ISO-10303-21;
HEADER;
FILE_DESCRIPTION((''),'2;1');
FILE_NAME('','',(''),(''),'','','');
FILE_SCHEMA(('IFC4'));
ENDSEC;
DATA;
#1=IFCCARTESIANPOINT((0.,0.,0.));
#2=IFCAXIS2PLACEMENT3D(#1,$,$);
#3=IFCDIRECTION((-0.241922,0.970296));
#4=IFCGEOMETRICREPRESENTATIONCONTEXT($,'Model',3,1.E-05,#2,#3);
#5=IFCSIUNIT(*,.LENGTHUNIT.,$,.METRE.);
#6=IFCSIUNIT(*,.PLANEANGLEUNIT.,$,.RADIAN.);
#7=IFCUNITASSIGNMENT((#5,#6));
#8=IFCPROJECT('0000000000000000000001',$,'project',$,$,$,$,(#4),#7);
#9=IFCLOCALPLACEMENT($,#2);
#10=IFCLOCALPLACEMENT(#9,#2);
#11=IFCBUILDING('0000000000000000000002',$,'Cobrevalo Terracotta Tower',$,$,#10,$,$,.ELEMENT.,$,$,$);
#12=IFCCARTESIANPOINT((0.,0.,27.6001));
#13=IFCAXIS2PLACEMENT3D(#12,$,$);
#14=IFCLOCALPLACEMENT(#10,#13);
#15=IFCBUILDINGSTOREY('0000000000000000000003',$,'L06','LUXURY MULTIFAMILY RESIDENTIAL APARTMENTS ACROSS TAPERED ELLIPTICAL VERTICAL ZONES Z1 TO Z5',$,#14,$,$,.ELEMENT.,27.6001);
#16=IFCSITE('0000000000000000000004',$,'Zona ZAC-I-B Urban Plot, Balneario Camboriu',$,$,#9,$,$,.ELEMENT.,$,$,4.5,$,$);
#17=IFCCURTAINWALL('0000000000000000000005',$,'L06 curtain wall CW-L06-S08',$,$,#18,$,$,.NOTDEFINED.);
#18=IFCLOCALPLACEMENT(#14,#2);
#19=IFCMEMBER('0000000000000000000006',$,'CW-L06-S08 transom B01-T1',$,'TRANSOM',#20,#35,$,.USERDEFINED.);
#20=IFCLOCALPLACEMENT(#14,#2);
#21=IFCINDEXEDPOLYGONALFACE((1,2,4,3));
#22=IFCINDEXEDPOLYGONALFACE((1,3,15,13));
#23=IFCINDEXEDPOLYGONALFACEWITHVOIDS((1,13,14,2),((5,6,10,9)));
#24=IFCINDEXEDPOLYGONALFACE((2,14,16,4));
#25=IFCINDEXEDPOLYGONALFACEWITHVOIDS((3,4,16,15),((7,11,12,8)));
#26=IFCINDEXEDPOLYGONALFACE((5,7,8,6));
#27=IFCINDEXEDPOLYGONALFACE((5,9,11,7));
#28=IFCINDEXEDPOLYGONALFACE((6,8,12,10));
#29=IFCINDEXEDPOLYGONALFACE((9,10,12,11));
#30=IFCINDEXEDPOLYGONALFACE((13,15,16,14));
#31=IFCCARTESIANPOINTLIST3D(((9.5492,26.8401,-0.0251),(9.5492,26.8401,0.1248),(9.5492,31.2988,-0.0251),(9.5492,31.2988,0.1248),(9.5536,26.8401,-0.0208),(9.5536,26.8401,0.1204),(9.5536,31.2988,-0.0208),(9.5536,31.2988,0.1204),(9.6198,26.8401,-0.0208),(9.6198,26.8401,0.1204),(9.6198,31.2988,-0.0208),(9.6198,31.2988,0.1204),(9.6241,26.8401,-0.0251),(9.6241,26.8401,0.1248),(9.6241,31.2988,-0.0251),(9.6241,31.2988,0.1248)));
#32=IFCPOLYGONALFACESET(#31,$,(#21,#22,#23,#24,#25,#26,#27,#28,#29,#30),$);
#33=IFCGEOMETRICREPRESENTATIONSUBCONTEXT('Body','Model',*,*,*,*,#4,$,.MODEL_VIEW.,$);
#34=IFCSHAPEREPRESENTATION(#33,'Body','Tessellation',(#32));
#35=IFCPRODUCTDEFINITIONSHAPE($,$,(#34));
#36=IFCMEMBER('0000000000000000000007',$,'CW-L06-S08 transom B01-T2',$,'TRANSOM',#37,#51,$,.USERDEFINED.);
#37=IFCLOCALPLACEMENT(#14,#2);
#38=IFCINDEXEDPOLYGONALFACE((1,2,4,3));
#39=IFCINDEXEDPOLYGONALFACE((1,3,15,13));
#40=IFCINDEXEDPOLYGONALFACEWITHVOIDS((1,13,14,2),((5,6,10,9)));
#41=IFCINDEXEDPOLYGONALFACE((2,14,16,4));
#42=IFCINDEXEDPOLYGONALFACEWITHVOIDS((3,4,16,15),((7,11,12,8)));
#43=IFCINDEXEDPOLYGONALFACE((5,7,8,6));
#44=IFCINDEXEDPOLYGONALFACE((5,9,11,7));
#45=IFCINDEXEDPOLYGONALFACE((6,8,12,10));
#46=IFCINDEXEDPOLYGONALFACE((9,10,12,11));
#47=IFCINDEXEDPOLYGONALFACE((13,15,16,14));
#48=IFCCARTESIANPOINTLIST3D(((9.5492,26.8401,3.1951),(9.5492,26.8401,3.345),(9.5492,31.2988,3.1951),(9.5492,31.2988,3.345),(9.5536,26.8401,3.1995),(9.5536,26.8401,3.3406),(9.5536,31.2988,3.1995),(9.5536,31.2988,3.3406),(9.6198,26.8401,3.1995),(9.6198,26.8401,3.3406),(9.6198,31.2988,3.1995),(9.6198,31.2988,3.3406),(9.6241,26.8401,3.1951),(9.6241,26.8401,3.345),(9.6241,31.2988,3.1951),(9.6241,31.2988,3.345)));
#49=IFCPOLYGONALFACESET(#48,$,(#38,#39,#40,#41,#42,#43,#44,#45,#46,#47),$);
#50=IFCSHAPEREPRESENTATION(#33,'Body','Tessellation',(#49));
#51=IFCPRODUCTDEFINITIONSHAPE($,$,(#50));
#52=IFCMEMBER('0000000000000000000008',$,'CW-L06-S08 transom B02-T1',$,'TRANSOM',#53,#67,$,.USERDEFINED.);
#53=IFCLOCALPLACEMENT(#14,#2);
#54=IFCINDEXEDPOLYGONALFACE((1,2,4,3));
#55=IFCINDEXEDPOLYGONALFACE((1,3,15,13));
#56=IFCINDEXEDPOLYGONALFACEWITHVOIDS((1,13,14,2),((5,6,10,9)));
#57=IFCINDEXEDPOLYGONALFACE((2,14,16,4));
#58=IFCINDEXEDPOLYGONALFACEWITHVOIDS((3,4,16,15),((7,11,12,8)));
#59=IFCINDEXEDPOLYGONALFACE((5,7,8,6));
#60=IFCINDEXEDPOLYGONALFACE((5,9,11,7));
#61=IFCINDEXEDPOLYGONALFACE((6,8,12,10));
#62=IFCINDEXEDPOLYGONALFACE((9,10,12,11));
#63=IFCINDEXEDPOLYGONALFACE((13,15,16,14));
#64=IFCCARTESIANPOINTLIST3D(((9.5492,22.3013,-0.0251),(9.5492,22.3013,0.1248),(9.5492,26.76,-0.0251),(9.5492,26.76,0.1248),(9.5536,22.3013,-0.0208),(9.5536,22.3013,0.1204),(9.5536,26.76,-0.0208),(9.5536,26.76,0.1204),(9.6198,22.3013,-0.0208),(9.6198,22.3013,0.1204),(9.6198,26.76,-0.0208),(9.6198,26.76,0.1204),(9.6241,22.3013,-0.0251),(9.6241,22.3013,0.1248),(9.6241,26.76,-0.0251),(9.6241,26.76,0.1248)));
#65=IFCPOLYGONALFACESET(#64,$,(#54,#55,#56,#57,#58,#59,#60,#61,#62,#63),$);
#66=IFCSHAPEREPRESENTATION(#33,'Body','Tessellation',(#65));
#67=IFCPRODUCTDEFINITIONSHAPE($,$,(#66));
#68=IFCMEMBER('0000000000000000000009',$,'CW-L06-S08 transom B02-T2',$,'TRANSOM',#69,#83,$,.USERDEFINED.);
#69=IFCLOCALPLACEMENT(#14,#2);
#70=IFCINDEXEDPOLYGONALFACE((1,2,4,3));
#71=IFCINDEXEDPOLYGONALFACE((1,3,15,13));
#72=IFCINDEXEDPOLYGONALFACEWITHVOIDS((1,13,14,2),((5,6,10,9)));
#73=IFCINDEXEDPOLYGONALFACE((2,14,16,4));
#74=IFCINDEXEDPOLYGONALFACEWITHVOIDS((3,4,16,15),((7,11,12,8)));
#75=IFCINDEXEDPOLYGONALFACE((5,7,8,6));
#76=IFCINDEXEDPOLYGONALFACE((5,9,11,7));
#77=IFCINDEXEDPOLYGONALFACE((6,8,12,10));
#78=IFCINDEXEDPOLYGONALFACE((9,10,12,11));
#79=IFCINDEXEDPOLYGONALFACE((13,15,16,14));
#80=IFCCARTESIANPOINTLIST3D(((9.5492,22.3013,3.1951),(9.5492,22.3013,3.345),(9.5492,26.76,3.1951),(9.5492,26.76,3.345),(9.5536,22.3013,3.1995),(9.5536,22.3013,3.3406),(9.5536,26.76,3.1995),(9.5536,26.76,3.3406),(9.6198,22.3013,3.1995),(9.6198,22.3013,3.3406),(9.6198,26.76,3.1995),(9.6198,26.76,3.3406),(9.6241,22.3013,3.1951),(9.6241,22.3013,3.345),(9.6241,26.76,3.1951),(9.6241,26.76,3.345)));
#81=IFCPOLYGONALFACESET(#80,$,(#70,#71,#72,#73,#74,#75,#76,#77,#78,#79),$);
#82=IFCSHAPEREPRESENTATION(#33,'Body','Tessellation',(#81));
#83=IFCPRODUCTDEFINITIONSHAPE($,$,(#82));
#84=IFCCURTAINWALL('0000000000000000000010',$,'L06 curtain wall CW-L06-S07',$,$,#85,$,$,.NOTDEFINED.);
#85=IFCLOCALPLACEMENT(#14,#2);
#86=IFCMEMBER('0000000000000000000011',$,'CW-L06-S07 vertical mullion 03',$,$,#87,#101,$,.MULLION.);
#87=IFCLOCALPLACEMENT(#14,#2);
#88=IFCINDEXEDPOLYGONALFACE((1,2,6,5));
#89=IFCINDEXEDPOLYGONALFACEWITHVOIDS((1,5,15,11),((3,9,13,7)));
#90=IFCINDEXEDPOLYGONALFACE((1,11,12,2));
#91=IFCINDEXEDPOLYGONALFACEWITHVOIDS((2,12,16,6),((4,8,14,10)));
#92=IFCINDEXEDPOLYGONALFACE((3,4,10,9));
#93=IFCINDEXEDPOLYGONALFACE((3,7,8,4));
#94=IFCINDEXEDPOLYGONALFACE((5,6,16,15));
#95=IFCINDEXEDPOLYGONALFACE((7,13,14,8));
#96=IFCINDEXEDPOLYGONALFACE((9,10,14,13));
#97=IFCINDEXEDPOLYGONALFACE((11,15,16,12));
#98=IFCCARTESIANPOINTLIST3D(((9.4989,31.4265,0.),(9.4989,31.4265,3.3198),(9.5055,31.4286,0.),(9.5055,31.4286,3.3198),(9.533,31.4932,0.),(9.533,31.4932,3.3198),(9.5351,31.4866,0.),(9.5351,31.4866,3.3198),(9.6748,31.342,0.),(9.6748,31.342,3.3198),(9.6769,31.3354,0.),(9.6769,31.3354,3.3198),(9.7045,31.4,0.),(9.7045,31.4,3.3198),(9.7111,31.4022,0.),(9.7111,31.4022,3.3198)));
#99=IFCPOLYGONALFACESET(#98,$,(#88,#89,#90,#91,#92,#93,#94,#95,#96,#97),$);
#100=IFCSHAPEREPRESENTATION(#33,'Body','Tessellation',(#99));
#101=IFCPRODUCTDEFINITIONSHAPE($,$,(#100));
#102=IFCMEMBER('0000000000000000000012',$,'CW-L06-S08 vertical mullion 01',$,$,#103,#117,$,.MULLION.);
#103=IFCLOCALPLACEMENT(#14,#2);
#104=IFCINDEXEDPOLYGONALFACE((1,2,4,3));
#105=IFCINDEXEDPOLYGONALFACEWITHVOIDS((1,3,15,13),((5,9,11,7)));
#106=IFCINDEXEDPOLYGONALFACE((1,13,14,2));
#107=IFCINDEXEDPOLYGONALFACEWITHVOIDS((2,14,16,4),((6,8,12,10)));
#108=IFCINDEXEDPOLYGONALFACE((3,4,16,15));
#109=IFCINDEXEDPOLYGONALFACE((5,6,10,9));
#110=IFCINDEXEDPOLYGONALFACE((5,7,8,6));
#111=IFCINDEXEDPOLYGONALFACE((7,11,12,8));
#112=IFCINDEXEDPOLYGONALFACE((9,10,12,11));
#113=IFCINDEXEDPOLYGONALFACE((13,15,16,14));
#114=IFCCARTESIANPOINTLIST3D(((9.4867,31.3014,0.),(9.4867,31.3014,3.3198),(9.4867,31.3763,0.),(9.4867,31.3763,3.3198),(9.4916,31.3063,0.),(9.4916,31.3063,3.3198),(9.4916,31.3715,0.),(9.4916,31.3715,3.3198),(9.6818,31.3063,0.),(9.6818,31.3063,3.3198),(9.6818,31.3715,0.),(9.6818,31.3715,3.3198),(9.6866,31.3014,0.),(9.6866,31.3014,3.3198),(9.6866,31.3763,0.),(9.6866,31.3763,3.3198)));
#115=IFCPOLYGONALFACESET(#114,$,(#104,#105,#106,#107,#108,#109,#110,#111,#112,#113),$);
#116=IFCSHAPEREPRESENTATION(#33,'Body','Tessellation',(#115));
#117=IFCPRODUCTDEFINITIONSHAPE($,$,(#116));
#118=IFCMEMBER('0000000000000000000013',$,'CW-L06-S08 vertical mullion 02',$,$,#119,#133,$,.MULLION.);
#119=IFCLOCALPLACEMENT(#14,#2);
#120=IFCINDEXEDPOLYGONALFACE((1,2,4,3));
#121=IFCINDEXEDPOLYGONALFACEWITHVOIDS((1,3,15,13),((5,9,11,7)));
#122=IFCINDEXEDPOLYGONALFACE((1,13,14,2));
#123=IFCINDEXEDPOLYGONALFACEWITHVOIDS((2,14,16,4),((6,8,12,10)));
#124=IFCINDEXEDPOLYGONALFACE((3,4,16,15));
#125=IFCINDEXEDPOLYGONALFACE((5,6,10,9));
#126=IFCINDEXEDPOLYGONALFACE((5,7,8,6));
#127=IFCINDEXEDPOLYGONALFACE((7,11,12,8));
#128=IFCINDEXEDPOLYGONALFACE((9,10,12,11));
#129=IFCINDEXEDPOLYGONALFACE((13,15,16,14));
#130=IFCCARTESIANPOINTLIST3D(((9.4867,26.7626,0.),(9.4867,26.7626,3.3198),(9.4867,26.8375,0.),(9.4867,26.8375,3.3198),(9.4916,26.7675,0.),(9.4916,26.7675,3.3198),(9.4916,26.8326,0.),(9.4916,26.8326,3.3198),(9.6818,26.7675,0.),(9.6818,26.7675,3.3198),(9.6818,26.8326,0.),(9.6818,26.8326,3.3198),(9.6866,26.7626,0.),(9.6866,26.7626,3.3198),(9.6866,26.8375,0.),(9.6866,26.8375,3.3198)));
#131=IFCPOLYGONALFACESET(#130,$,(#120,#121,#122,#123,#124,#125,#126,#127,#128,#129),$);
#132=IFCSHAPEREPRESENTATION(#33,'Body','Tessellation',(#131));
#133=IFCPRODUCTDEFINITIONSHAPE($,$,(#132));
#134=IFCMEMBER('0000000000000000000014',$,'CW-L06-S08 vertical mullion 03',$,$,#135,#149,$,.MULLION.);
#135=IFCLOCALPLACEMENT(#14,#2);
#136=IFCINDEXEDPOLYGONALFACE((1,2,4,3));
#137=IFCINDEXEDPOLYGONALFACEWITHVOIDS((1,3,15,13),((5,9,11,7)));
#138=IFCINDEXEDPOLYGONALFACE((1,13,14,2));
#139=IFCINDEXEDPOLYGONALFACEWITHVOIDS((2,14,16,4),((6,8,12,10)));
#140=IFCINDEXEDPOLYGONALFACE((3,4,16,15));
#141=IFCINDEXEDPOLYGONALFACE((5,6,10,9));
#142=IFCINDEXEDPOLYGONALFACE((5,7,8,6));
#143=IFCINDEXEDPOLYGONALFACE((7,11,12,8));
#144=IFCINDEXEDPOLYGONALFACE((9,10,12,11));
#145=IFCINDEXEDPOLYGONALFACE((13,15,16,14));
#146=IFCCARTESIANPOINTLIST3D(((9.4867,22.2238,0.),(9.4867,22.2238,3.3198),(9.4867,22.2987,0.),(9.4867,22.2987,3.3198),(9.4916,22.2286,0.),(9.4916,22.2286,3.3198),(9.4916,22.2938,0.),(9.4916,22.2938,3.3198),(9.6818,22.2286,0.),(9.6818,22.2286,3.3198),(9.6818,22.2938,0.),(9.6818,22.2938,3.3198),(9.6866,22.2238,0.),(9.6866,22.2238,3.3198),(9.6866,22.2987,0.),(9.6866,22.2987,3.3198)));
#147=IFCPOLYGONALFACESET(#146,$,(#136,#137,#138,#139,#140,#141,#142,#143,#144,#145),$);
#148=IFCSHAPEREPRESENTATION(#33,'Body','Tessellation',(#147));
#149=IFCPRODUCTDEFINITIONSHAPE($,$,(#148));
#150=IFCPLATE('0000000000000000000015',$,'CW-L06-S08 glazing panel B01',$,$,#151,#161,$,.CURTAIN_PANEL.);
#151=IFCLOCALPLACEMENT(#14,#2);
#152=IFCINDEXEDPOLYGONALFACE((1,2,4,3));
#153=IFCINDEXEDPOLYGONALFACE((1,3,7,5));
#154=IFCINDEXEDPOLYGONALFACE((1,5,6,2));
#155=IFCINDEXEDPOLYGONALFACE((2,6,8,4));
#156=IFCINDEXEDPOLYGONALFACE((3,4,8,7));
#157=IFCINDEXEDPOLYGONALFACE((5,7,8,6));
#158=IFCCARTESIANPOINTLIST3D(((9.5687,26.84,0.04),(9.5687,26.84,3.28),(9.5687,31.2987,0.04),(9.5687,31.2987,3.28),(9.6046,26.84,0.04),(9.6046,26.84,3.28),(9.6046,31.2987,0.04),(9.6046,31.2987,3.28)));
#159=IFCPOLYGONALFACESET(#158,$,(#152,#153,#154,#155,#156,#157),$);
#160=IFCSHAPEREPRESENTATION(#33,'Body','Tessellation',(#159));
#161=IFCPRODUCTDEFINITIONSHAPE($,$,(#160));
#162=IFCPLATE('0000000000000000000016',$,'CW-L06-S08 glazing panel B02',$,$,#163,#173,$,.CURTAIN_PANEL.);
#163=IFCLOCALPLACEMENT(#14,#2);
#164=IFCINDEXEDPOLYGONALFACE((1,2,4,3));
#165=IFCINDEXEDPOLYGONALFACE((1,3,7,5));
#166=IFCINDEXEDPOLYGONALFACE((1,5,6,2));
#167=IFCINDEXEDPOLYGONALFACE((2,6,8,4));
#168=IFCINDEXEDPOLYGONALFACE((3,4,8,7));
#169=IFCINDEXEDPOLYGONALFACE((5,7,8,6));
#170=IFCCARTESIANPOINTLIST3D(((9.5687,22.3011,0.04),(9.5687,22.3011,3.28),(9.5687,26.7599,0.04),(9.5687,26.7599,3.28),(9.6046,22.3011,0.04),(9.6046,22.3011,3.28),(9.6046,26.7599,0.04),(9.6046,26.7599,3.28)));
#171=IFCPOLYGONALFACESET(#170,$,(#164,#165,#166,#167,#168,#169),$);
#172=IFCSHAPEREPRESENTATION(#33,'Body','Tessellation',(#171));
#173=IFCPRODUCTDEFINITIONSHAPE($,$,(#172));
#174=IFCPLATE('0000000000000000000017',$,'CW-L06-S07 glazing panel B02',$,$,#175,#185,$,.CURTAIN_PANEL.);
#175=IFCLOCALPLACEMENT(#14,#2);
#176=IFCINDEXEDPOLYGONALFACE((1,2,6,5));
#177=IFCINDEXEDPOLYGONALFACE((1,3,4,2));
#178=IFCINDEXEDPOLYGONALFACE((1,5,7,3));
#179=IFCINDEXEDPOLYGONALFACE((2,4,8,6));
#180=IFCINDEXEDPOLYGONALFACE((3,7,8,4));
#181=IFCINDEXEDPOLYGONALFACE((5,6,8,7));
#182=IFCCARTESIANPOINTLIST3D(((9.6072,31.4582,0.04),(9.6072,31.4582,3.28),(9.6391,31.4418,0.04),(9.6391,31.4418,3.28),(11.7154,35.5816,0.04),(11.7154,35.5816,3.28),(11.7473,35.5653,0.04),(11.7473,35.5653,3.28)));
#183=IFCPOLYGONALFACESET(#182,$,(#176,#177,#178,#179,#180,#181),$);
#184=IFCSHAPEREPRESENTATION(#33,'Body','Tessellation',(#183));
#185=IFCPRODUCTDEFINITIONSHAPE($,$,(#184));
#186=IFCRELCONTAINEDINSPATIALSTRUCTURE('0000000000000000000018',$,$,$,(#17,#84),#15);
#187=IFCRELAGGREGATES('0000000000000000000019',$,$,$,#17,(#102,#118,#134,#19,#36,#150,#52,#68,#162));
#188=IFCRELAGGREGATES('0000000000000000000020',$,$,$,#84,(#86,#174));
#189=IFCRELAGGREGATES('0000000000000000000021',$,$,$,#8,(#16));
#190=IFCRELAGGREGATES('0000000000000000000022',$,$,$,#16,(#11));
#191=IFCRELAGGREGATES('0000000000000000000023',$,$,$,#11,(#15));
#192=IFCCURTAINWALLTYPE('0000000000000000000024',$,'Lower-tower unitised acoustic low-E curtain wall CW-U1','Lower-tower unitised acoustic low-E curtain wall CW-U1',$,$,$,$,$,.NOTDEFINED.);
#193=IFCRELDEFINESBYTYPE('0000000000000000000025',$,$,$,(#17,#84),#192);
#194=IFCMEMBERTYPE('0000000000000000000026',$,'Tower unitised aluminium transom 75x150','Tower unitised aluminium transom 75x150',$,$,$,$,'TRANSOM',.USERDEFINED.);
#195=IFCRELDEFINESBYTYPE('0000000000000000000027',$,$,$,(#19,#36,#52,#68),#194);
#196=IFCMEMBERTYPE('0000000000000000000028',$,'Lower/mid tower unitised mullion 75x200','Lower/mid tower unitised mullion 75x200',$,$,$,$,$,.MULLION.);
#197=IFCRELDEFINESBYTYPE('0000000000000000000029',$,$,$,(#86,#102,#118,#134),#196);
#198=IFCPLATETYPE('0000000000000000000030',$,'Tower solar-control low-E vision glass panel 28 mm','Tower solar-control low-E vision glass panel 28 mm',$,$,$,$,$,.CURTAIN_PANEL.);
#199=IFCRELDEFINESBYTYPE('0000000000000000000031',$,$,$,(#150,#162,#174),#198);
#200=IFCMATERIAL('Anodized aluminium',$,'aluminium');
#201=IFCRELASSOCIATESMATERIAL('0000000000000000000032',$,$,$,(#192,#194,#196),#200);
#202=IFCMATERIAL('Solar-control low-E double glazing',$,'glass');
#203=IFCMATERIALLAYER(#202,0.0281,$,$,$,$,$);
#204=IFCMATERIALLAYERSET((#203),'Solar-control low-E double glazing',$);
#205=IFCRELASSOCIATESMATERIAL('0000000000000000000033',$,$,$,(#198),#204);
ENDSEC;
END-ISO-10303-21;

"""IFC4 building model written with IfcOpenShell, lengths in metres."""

from ifc_helpers import new_model, si_unit, direction, frame, origin, origin_2d, place, context, subcontext, project, spatial, rectangle, hollow_rectangle, extrude, source, transform, mapped, material, layer, layer_set, material_profile, profile_set, type_object, element, aggregate, save


model = new_model("IFC4")

# Units and contexts
model_context = context("Model", 3, precision=1e-05, world=origin(), true_north=direction((-0.241922, 0.970296)))
body_context = subcontext(model_context, "Body", "Model", "MODEL_VIEW")
ifc_project = project(units=[si_unit("LENGTHUNIT", "METRE"), si_unit("PLANEANGLEUNIT", "RADIAN")], contexts=[model_context])

# Site, building, storey
site_placement = place(None, origin())
site = spatial("IfcSite", under=ifc_project, at=site_placement, Name="Zona ZAC-I-B Urban Plot, Balneario Camboriu", CompositionType="ELEMENT", RefElevation=4.5)
building_placement = place(site_placement, origin())
building = spatial("IfcBuilding", under=site, at=building_placement, Name="Cobrevalo Terracotta Tower", CompositionType="ELEMENT")
storey_placement = place(building_placement, frame((0.0, 0.0, 27.6001)))
storey = spatial("IfcBuildingStorey", under=building, at=storey_placement, Name="L06", Description="LUXURY MULTIFAMILY RESIDENTIAL APARTMENTS ACROSS TAPERED ELLIPTICAL VERTICAL ZONES Z1 TO Z5", CompositionType="ELEMENT", Elevation=27.6001)

# Curtain wall, members
ifc_material_1 = material(Name="Anodized aluminium", Category="aluminium")
curtain_wall_type = type_object("IfcCurtainWallType", Name="Lower-tower unitised acoustic low-E curtain wall CW-U1", Description="Lower-tower unitised acoustic low-E curtain wall CW-U1", PredefinedType="NOTDEFINED", material=ifc_material_1)
curtain_wall_1_placement = place(storey_placement, origin())
curtain_wall_1 = element("IfcCurtainWall", 1, at=curtain_wall_1_placement, inside=storey, type_object=curtain_wall_type, Name="L06 curtain wall CW-L06-S08", PredefinedType="NOTDEFINED")
ifc_material_profile_1 = material_profile(ifc_material_1, hollow_rectangle(XDim=0.075, YDim=0.1499, WallThickness=0.0044, at=origin_2d()), Name="CWT 75x150")
ifc_profile_set_1 = profile_set([ifc_material_profile_1], Name="Anodized aluminium")
member_type_1 = type_object("IfcMemberType", Name="Tower unitised aluminium transom 75x150", Description="Tower unitised aluminium transom 75x150", ElementType="TRANSOM", PredefinedType="USERDEFINED", material=ifc_profile_set_1)
shared_shape_1 = source(origin(), body_context, "Body", "SweptSolid", [
    extrude(hollow_rectangle(XDim=0.075, YDim=0.1499, WallThickness=0.0044, at=origin_2d()), origin(), (0.0, 0.0, 1.0), 4.4587),
])
member_1_placement = place(storey_placement, frame((9.5867, 31.2988, 0.0498), z_axis=(0.0, -1.0, 0.0), x_axis=(1.0, 0.0, 0.0)))
member_1 = element("IfcMember", 2, at=member_1_placement, type_object=member_type_1, Name="CW-L06-S08 transom B01-T1", ObjectType="TRANSOM", PredefinedType="USERDEFINED", context=body_context, shape_type="MappedRepresentation", body=[
    mapped(shared_shape_1, transform((0.0, 0.0, 0.0), scale=1.0)),
])
member_2_placement = place(storey_placement, frame((9.5867, 31.2988, 3.27), z_axis=(0.0, -1.0, 0.0), x_axis=(1.0, 0.0, 0.0)))
member_2 = element("IfcMember", 3, at=member_2_placement, type_object=member_type_1, Name="CW-L06-S08 transom B01-T2", ObjectType="TRANSOM", PredefinedType="USERDEFINED", context=body_context, shape_type="MappedRepresentation", body=[
    mapped(shared_shape_1, transform((0.0, 0.0, 0.0), scale=1.0)),
])
member_3_placement = place(storey_placement, frame((9.5867, 26.76, 0.0498), z_axis=(0.0, -1.0, 0.0), x_axis=(1.0, 0.0, 0.0)))
member_3 = element("IfcMember", 4, at=member_3_placement, type_object=member_type_1, Name="CW-L06-S08 transom B02-T1", ObjectType="TRANSOM", PredefinedType="USERDEFINED", context=body_context, shape_type="MappedRepresentation", body=[
    mapped(shared_shape_1, transform((0.0, 0.0, 0.0), scale=1.0)),
])
member_4_placement = place(storey_placement, frame((9.5867, 26.76, 3.27), z_axis=(0.0, -1.0, 0.0), x_axis=(1.0, 0.0, 0.0)))
member_4 = element("IfcMember", 5, at=member_4_placement, type_object=member_type_1, Name="CW-L06-S08 transom B02-T2", ObjectType="TRANSOM", PredefinedType="USERDEFINED", context=body_context, shape_type="MappedRepresentation", body=[
    mapped(shared_shape_1, transform((0.0, 0.0, 0.0), scale=1.0)),
])

# Curtain wall, member
curtain_wall_2_placement = place(storey_placement, origin())
curtain_wall_2 = element("IfcCurtainWall", 6, at=curtain_wall_2_placement, inside=storey, type_object=curtain_wall_type, Name="L06 curtain wall CW-L06-S07", PredefinedType="NOTDEFINED")
ifc_material_profile_2 = material_profile(ifc_material_1, hollow_rectangle(XDim=0.075, YDim=0.2, WallThickness=0.0049, at=origin_2d()), Name="CWM 75x200")
ifc_profile_set_2 = profile_set([ifc_material_profile_2], Name="Anodized aluminium")
member_type_2 = type_object("IfcMemberType", Name="Lower/mid tower unitised mullion 75x200", Description="Lower/mid tower unitised mullion 75x200", PredefinedType="MULLION", material=ifc_profile_set_2)
shared_shape_2 = source(origin(), body_context, "Body", "SweptSolid", [
    extrude(hollow_rectangle(XDim=0.075, YDim=0.2, WallThickness=0.0049, at=origin_2d()), origin(), (0.0, 0.0, 1.0), 3.3198),
])
member_5_placement = place(storey_placement, frame((9.605, 31.4143, 0.0), z_axis=(0.0, 0.0, 1.0), x_axis=(-0.455234, -0.890372, 0.0)))
member_5 = element("IfcMember", 7, at=member_5_placement, type_object=member_type_2, Name="CW-L06-S07 vertical mullion 03", PredefinedType="MULLION", context=body_context, shape_type="MappedRepresentation", body=[
    mapped(shared_shape_2, transform((0.0, 0.0, 0.0), scale=1.0)),
])

# Members
member_6_placement = place(storey_placement, frame((9.5867, 31.3389, 0.0), z_axis=(0.0, 0.0, 1.0), x_axis=(0.0, -1.0, 0.0)))
member_6 = element("IfcMember", 8, at=member_6_placement, type_object=member_type_2, Name="CW-L06-S08 vertical mullion 01", PredefinedType="MULLION", context=body_context, shape_type="MappedRepresentation", body=[
    mapped(shared_shape_2, transform((0.0, 0.0, 0.0), scale=1.0)),
])
member_7_placement = place(storey_placement, frame((9.5867, 26.8, 0.0), z_axis=(0.0, 0.0, 1.0), x_axis=(0.0, -1.0, 0.0)))
member_7 = element("IfcMember", 9, at=member_7_placement, type_object=member_type_2, Name="CW-L06-S08 vertical mullion 02", PredefinedType="MULLION", context=body_context, shape_type="MappedRepresentation", body=[
    mapped(shared_shape_2, transform((0.0, 0.0, 0.0), scale=1.0)),
])
member_8_placement = place(storey_placement, frame((9.5867, 22.2612, 0.0), z_axis=(0.0, 0.0, 1.0), x_axis=(0.0, -1.0, 0.0)))
member_8 = element("IfcMember", 10, at=member_8_placement, type_object=member_type_2, Name="CW-L06-S08 vertical mullion 03", PredefinedType="MULLION", context=body_context, shape_type="MappedRepresentation", body=[
    mapped(shared_shape_2, transform((0.0, 0.0, 0.0), scale=1.0)),
])

# Plates
ifc_material_2 = material(Name="Solar-control low-E double glazing", Category="glass")
ifc_layer_1 = layer(ifc_material_2, 0.0281)
ifc_layer_set_1 = layer_set([ifc_layer_1], Name="Solar-control low-E double glazing")
plate_type = type_object("IfcPlateType", Name="Tower solar-control low-E vision glass panel 28 mm", Description="Tower solar-control low-E vision glass panel 28 mm", PredefinedType="CURTAIN_PANEL", material=ifc_layer_set_1)
shared_shape_3 = source(origin(), body_context, "Body", "SweptSolid", [
    extrude(rectangle(XDim=4.4587, YDim=0.0359, at=origin_2d()), origin(), (0.0, 0.0, 1.0), 3.24),
])
plate_1_placement = place(storey_placement, frame((9.5867, 29.0693, 0.04), z_axis=(0.0, 0.0, 1.0), x_axis=(0.0, -1.0, 0.0)))
plate_1 = element("IfcPlate", 11, at=plate_1_placement, type_object=plate_type, Name="CW-L06-S08 glazing panel B01", PredefinedType="CURTAIN_PANEL", context=body_context, shape_type="MappedRepresentation", body=[
    mapped(shared_shape_3, transform((0.0, 0.0, 0.0), scale=1.0)),
])
plate_2_placement = place(storey_placement, frame((9.5867, 24.5305, 0.04), z_axis=(0.0, 0.0, 1.0), x_axis=(0.0, -1.0, 0.0)))
plate_2 = element("IfcPlate", 12, at=plate_2_placement, type_object=plate_type, Name="CW-L06-S08 glazing panel B02", PredefinedType="CURTAIN_PANEL", context=body_context, shape_type="MappedRepresentation", body=[
    mapped(shared_shape_3, transform((0.0, 0.0, 0.0), scale=1.0)),
])
aggregate(curtain_wall_1, [member_6, member_7, member_8, member_1, member_2, plate_1, member_3, member_4, plate_2])
shared_shape_4 = source(origin(), body_context, "Body", "SweptSolid", [
    extrude(rectangle(XDim=4.6311, YDim=0.0359, at=origin_2d()), origin(), (0.0, 0.0, 1.0), 3.24),
])
plate_3_placement = place(storey_placement, frame((10.6772, 33.5117, 0.04), z_axis=(0.0, 0.0, 1.0), x_axis=(-0.455231, -0.890373, 0.0)))
plate_3 = element("IfcPlate", 13, at=plate_3_placement, type_object=plate_type, Name="CW-L06-S07 glazing panel B02", PredefinedType="CURTAIN_PANEL", context=body_context, shape_type="MappedRepresentation", body=[
    mapped(shared_shape_4, transform((0.0, 0.0, 0.0), scale=1.0)),
])
aggregate(curtain_wall_2, [member_5, plate_3])

save(model, "model.ifc")
